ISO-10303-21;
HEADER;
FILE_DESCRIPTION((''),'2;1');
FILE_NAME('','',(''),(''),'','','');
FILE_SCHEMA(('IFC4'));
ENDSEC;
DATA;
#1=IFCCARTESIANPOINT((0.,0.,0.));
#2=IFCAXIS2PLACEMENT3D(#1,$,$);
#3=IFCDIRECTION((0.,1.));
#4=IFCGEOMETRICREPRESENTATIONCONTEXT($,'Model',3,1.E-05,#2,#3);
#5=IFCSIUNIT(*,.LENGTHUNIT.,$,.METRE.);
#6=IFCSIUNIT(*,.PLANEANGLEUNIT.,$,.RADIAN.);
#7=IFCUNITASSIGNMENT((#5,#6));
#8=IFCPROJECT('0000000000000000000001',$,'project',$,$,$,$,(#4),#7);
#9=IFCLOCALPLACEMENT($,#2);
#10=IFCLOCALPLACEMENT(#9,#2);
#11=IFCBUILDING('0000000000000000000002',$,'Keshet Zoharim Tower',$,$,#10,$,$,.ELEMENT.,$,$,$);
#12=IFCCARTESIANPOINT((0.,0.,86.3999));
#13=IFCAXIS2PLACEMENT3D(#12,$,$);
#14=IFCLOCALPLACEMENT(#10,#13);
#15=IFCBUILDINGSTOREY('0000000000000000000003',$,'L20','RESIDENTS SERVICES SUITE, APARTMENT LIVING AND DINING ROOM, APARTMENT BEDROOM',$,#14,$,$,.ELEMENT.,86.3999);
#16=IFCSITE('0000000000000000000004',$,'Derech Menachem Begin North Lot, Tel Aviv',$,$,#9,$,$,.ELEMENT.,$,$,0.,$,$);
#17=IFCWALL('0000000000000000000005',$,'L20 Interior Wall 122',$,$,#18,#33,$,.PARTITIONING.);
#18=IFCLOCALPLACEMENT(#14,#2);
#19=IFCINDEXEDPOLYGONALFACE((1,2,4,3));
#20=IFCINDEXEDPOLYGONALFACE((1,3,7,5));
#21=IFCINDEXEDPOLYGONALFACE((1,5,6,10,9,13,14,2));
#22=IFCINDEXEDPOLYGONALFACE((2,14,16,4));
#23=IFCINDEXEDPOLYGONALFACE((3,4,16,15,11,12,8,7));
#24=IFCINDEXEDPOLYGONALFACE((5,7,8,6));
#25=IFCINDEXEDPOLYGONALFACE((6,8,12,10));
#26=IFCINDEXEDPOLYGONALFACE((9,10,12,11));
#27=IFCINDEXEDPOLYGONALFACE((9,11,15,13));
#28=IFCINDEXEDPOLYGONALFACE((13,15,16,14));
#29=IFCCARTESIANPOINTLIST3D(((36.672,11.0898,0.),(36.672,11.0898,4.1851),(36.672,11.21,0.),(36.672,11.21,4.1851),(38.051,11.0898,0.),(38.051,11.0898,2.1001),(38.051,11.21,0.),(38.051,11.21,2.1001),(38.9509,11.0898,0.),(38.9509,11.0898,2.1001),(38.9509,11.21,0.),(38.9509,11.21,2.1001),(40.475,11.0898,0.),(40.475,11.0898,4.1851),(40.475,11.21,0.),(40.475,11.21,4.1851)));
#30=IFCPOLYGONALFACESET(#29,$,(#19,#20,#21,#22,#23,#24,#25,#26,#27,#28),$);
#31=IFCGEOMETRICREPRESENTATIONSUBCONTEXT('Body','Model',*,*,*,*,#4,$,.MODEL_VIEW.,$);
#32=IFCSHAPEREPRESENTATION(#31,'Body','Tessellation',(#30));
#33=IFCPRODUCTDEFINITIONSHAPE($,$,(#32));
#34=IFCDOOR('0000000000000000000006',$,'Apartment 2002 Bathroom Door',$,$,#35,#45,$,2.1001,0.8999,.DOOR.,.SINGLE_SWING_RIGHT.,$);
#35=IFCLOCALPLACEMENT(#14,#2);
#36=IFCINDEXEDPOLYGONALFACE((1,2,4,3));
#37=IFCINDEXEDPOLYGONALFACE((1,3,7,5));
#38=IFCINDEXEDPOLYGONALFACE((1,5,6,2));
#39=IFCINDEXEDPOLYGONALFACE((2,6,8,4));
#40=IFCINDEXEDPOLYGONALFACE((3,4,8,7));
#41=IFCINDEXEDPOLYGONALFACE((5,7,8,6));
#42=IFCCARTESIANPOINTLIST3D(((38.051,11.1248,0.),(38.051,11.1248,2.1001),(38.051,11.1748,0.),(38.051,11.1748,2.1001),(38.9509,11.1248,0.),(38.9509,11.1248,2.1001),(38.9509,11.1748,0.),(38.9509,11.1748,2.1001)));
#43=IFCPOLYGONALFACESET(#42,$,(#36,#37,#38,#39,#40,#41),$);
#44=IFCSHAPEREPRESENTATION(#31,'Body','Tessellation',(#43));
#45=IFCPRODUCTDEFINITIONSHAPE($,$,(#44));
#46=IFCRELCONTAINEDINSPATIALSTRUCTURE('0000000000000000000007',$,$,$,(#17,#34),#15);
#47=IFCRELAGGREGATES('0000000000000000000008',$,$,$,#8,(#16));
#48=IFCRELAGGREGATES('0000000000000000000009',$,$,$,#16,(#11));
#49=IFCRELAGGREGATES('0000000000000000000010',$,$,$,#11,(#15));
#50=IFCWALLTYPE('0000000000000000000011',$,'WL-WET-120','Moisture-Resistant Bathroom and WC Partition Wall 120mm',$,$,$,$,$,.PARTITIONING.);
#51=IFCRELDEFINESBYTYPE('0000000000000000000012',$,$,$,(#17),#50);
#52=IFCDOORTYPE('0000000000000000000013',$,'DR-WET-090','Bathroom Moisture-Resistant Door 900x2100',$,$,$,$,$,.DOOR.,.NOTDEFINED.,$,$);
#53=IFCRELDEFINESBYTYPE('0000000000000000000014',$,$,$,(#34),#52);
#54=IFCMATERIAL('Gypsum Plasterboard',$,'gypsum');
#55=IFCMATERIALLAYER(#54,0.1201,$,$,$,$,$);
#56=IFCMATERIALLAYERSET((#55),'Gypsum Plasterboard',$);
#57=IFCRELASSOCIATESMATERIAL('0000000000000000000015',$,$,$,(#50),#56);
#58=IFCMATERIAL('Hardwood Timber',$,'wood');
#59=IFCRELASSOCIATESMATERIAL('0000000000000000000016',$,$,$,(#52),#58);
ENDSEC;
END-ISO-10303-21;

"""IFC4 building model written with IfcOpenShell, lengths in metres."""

from ifc_helpers import new_model, si_unit, direction, frame, frame_2d, origin, place, context, subcontext, project, spatial, rectangle, extrude, material, layer, layer_set, type_object, element, fill, save


model = new_model("IFC4")

# Units and contexts
model_context = context("Model", 3, precision=1e-05, world=origin(), true_north=direction((0.0, 1.0)))
body_context = subcontext(model_context, "Body", "Model", "MODEL_VIEW")
ifc_project = project(units=[si_unit("LENGTHUNIT", "METRE"), si_unit("PLANEANGLEUNIT", "RADIAN")], contexts=[model_context])

# Site, building, storey
site_placement = place(None, origin())
site = spatial("IfcSite", under=ifc_project, at=site_placement, Name="Derech Menachem Begin North Lot, Tel Aviv", CompositionType="ELEMENT", RefElevation=0.0)
building_placement = place(site_placement, origin())
building = spatial("IfcBuilding", under=site, at=building_placement, Name="Keshet Zoharim Tower", CompositionType="ELEMENT")
storey_placement = place(building_placement, frame((0.0, 0.0, 86.3999)))
storey = spatial("IfcBuildingStorey", under=building, at=storey_placement, Name="L20", Description="RESIDENTS SERVICES SUITE, APARTMENT LIVING AND DINING ROOM, APARTMENT BEDROOM", CompositionType="ELEMENT", Elevation=86.3999)

# Shared definitions
ifc_material_1 = material(Name="Gypsum Plasterboard", Category="gypsum")

# Shared definitions
ifc_material_2 = material(Name="Hardwood Timber", Category="wood")

# Shared definitions
ifc_layer_1 = layer(ifc_material_1, 0.1201)
ifc_layer_set_1 = layer_set([ifc_layer_1], Name="Gypsum Plasterboard")
wall_type_1 = type_object("IfcWallType", Name="WL-WET-120", Description="Moisture-Resistant Bathroom and WC Partition Wall 120mm", PredefinedType="PARTITIONING", material=ifc_layer_set_1)

# Wall, opening, door
wall_1_placement = place(storey_placement, frame((36.6721, 11.1499, 0.0), z_axis=(0.0, 0.0, 1.0), x_axis=(1.0, 0.0, 0.0)))
wall_1 = element("IfcWall", 1, at=wall_1_placement, inside=storey, type_object=wall_type_1, Name="L20 Interior Wall 122", PredefinedType="PARTITIONING", context=body_context, shape_type="SweptSolid", body=[
    extrude(rectangle(XDim=3.803, YDim=0.1201, at=frame_2d((1.9014, 0.0))), origin(), (0.0, 0.0, 1.0), 4.1851),
])
opening_1_placement = place(wall_1_placement, frame((1.3789, 0.0, 0.0)))
opening_1 = element("IfcOpeningElement", 2, at=opening_1_placement, cuts=wall_1, PredefinedType="OPENING", context=body_context, shape_type="SweptSolid", body=[
    extrude(rectangle(XDim=0.8999, YDim=2.1001, at=frame_2d((0.45, 1.05))), frame((0.0, 0.0701, 0.0), z_axis=(0.0, -1.0, 0.0), x_axis=(1.0, 0.0, 0.0)), (0.0, 0.0, 1.0), 0.1401),
])
door_type_1 = type_object("IfcDoorType", Name="DR-WET-090", Description="Bathroom Moisture-Resistant Door 900x2100", OperationType="NOTDEFINED", PredefinedType="DOOR", material=ifc_material_2)
door_1_placement = place(opening_1_placement, origin())
door_1 = element("IfcDoor", 3, at=door_1_placement, inside=storey, type_object=door_type_1, Name="Apartment 2002 Bathroom Door", OperationType="SINGLE_SWING_RIGHT", OverallHeight=2.1001, OverallWidth=0.8999, PredefinedType="DOOR", context=body_context, shape_type="SweptSolid", body=[
    extrude(rectangle(XDim=0.8999, YDim=2.1001, at=frame_2d((0.45, 1.05))), frame((0.0, 0.0249, 0.0), z_axis=(0.0, -1.0, 0.0), x_axis=(1.0, 0.0, 0.0)), (0.0, 0.0, 1.0), 0.05),
])
fill(opening_1, door_1)

save(model, "model.ifc")
